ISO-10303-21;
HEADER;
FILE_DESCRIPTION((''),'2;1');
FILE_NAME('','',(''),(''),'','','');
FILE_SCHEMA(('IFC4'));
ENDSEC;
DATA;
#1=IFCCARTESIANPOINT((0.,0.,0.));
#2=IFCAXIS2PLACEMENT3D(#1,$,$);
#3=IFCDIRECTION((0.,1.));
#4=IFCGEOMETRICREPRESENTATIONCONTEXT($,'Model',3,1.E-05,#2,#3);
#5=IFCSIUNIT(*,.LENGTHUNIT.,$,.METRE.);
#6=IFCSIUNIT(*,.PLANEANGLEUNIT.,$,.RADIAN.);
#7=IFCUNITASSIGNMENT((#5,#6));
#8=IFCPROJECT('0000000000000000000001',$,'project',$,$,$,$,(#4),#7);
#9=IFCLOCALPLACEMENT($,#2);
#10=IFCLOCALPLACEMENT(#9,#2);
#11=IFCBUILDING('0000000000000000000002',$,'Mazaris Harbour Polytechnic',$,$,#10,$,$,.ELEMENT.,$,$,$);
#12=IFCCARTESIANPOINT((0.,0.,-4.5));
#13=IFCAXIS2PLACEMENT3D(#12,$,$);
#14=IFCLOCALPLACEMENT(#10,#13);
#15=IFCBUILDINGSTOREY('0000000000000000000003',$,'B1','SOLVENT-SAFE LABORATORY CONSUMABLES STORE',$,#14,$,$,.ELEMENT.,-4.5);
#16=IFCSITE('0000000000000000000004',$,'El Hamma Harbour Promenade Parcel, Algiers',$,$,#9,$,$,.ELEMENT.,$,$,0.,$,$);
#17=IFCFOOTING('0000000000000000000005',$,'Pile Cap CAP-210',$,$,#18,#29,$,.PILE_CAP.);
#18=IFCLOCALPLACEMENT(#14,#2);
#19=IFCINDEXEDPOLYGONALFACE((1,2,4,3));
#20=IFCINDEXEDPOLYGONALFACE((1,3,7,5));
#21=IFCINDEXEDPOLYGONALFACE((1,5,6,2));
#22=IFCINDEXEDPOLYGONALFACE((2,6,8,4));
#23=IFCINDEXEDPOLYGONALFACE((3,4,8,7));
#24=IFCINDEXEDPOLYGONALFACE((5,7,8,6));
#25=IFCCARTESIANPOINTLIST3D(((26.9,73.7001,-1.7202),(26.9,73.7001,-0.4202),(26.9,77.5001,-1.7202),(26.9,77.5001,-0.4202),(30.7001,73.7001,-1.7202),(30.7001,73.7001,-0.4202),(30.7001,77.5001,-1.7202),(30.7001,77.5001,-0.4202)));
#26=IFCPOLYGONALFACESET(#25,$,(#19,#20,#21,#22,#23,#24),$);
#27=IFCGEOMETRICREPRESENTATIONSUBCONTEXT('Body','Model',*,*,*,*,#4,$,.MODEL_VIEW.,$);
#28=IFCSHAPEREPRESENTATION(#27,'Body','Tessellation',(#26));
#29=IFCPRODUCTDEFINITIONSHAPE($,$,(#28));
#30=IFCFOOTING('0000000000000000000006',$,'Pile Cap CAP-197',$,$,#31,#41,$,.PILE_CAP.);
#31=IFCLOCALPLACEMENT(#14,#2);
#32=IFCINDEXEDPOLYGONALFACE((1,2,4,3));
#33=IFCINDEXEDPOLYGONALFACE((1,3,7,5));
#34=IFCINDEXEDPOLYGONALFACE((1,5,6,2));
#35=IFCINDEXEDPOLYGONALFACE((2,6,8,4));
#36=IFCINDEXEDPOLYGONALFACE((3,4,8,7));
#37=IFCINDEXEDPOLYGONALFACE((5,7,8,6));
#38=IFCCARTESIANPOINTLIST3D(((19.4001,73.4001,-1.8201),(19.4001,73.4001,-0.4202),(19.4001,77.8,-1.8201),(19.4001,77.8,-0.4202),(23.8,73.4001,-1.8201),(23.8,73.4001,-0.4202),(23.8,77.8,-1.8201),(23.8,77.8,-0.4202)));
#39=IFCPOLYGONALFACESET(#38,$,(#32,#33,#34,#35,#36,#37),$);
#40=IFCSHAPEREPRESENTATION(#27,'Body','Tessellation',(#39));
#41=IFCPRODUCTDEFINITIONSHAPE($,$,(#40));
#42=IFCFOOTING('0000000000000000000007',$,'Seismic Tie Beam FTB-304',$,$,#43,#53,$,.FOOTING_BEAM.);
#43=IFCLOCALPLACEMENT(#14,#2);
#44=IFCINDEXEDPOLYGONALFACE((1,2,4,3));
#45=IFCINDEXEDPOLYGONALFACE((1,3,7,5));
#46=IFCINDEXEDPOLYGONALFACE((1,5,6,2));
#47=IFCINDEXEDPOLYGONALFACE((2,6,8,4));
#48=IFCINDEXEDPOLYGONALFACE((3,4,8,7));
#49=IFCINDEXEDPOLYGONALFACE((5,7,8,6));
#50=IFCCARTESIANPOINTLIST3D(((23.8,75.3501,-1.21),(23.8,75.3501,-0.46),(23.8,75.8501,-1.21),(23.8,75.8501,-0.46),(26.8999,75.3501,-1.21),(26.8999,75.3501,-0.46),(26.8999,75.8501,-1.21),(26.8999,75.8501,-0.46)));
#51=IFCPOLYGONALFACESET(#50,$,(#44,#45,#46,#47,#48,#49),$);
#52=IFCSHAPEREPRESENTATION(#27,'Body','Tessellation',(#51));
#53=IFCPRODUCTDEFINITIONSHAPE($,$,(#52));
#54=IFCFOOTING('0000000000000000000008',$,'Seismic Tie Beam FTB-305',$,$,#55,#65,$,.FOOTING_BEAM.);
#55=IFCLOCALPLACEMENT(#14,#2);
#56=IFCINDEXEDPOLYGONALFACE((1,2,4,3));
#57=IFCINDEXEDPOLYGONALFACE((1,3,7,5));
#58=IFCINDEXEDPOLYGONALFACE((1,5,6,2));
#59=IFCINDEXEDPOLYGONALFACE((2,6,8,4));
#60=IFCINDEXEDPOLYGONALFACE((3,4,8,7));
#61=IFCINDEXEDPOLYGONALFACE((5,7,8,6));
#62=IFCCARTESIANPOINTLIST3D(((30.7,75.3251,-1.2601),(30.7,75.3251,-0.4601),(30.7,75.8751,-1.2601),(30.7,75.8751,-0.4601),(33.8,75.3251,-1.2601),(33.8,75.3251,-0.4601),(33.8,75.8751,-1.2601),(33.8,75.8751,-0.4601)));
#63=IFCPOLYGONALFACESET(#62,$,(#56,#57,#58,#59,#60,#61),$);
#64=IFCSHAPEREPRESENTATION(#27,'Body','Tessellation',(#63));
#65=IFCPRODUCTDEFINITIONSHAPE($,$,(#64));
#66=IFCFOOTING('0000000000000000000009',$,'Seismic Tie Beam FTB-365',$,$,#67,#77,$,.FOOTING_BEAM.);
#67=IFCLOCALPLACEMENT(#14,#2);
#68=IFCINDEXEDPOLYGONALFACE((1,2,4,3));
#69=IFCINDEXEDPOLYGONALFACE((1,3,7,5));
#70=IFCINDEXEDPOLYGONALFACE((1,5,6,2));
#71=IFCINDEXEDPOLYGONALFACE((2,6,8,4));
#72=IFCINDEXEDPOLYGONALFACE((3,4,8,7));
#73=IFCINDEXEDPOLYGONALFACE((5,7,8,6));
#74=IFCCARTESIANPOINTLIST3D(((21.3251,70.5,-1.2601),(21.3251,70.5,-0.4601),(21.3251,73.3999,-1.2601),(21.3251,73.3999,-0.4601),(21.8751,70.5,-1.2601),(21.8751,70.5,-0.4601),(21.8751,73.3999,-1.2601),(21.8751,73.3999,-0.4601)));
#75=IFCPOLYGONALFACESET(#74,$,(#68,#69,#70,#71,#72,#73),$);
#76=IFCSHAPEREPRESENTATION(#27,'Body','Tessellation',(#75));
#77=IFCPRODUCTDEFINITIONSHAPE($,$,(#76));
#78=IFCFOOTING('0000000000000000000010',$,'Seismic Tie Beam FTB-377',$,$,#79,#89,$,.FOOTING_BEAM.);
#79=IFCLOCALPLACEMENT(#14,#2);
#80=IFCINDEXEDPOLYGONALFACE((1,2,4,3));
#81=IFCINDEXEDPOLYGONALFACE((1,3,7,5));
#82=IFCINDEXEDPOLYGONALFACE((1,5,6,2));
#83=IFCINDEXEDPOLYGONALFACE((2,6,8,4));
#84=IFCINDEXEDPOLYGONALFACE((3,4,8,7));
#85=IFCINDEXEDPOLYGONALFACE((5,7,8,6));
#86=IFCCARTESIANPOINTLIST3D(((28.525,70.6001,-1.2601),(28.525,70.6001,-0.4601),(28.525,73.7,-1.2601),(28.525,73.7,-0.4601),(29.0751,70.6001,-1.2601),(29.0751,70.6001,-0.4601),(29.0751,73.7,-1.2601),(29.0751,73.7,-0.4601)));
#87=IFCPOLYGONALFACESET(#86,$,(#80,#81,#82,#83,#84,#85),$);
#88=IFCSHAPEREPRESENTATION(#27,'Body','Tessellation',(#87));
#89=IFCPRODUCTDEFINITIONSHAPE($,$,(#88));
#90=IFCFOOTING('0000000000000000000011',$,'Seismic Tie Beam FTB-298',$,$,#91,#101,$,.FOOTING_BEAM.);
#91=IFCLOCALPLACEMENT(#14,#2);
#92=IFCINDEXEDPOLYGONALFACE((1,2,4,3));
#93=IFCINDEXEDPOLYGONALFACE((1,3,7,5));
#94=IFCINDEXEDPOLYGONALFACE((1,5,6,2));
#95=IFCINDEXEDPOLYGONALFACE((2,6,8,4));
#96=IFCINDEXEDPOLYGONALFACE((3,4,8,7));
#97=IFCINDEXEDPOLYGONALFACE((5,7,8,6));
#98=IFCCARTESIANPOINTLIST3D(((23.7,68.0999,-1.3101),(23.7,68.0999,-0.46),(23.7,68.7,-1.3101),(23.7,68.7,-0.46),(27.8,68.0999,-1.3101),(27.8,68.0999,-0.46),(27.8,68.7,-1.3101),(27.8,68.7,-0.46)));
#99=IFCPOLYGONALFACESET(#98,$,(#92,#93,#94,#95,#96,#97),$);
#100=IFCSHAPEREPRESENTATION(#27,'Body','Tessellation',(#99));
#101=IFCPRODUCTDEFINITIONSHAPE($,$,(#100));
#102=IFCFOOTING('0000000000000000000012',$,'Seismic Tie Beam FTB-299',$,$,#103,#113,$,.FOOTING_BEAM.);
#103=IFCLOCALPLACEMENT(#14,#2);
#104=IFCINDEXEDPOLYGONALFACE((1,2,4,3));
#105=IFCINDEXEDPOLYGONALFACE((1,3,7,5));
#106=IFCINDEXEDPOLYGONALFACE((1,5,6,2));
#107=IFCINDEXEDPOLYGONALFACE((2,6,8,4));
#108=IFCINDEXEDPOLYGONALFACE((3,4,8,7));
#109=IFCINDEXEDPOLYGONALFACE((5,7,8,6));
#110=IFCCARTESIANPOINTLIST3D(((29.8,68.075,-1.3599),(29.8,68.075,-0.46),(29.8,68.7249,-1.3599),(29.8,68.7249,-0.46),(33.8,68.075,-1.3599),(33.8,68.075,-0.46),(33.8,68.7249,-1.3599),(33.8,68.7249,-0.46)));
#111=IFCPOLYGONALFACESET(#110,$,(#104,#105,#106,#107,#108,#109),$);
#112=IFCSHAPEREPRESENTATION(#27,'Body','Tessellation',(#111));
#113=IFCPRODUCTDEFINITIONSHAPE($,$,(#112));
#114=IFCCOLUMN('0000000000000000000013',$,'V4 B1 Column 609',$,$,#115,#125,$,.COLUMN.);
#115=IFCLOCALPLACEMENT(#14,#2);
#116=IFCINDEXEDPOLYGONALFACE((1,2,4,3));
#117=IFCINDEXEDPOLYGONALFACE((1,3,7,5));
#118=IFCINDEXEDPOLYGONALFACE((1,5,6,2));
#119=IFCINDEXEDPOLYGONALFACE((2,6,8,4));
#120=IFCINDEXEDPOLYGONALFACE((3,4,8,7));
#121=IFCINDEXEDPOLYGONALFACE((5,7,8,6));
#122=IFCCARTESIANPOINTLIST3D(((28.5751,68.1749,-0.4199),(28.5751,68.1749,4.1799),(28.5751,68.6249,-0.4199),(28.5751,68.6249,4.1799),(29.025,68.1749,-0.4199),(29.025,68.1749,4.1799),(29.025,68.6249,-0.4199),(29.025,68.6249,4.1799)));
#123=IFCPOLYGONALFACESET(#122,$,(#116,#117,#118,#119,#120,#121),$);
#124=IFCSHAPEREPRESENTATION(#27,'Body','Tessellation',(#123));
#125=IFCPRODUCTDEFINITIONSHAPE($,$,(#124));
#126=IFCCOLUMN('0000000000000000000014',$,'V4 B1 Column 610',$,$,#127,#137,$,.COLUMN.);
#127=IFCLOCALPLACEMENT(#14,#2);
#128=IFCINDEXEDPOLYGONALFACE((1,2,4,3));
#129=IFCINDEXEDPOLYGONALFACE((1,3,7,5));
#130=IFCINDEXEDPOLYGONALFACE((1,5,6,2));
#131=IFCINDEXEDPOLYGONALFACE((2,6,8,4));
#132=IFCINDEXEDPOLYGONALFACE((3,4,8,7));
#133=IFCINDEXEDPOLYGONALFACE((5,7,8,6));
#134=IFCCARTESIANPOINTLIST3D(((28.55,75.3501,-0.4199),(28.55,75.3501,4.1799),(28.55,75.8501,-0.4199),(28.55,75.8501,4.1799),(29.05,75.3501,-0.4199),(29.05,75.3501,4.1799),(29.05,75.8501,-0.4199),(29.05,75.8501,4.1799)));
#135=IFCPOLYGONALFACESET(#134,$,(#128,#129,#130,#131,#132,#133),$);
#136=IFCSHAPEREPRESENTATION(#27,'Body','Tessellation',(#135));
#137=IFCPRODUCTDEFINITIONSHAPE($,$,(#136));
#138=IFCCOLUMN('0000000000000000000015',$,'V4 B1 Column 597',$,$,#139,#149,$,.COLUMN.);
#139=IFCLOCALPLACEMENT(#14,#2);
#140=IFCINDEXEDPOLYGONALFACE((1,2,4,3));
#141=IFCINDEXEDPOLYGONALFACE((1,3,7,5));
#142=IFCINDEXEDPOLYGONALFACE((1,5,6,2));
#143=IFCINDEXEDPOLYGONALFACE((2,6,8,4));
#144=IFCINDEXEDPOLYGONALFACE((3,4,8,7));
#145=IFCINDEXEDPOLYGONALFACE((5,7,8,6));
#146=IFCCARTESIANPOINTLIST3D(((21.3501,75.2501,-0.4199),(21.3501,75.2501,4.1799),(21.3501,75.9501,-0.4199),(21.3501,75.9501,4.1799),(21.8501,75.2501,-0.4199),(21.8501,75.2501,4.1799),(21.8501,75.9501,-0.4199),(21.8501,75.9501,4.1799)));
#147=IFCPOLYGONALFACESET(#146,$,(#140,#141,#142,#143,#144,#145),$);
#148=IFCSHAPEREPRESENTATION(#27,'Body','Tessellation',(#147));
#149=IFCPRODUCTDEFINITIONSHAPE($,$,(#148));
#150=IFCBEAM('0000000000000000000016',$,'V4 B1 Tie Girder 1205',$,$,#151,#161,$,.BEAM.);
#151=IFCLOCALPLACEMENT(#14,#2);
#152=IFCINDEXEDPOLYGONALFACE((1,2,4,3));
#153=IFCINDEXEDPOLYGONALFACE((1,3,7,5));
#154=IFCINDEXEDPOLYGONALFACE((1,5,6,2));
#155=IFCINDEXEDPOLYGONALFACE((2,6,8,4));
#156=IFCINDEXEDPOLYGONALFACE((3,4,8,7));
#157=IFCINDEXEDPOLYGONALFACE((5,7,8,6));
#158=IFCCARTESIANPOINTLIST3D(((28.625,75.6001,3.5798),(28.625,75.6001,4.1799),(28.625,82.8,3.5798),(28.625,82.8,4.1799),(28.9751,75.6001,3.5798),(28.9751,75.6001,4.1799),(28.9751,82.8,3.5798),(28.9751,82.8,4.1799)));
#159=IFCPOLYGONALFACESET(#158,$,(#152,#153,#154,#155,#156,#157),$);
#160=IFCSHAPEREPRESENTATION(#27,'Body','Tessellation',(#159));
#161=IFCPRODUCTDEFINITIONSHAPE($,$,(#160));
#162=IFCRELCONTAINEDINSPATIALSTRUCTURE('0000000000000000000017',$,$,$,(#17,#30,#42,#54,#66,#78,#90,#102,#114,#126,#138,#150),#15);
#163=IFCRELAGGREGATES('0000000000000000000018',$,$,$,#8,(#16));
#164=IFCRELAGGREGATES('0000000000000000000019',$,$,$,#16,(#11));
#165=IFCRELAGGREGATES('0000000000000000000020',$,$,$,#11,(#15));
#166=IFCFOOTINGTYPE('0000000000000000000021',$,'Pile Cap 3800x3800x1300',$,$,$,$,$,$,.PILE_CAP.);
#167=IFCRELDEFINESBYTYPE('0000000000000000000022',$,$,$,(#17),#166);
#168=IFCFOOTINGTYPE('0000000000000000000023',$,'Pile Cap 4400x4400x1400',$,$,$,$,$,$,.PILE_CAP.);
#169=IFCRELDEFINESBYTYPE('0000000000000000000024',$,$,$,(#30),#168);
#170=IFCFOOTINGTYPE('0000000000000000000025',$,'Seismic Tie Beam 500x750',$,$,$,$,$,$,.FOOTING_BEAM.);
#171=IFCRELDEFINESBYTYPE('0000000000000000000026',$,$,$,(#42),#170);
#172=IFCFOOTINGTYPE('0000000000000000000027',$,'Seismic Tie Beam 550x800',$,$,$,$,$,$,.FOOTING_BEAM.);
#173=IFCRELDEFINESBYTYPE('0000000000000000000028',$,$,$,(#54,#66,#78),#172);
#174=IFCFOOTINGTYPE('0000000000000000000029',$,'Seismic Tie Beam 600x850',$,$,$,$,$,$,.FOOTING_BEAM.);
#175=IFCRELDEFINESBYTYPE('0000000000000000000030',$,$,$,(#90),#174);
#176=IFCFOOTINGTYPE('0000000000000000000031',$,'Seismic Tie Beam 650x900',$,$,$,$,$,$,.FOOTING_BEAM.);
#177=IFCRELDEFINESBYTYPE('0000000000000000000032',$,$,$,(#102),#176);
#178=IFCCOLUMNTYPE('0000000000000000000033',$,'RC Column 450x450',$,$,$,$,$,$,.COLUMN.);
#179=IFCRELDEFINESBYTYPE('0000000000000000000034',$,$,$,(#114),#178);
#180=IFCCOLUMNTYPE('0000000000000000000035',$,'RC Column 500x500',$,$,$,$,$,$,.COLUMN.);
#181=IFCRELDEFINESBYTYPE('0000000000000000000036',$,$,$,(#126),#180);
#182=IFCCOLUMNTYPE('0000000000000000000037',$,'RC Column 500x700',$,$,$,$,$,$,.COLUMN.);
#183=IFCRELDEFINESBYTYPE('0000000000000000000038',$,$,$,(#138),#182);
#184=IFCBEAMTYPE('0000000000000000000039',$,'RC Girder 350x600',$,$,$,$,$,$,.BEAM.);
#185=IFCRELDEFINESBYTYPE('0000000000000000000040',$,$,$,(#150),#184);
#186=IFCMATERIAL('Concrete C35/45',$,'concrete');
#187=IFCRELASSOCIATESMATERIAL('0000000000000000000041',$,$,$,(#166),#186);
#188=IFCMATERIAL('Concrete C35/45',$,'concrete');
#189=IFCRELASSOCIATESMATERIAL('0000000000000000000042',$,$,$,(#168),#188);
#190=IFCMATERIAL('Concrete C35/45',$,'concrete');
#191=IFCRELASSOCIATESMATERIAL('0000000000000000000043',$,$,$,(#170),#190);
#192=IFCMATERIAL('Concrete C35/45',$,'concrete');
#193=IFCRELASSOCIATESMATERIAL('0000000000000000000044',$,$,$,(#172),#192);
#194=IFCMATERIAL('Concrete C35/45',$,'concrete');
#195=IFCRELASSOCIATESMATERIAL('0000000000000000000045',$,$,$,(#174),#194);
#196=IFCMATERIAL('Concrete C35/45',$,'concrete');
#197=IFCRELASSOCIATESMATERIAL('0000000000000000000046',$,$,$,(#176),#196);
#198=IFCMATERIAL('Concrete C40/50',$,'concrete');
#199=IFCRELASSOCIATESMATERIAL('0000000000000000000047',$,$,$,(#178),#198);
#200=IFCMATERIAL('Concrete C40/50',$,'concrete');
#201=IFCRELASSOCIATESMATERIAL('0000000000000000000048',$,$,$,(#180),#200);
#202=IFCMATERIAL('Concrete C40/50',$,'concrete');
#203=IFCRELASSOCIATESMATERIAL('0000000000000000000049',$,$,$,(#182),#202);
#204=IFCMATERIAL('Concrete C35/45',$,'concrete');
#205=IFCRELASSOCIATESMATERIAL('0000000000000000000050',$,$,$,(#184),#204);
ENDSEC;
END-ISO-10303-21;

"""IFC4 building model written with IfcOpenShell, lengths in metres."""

from ifc_helpers import new_model, si_unit, direction, frame, origin, origin_2d, place, context, subcontext, project, spatial, rectangle, extrude, material, material_profile, profile_set, type_object, element, save


model = new_model("IFC4")

# Units and contexts
model_context = context("Model", 3, precision=1e-05, world=origin(), true_north=direction((0.0, 1.0)))
body_context = subcontext(model_context, "Body", "Model", "MODEL_VIEW")
ifc_project = project(units=[si_unit("LENGTHUNIT", "METRE"), si_unit("PLANEANGLEUNIT", "RADIAN")], contexts=[model_context])

# Site, building, storey
site_placement = place(None, origin())
site = spatial("IfcSite", under=ifc_project, at=site_placement, Name="El Hamma Harbour Promenade Parcel, Algiers", CompositionType="ELEMENT", RefElevation=0.0)
building_placement = place(site_placement, origin())
building = spatial("IfcBuilding", under=site, at=building_placement, Name="Mazaris Harbour Polytechnic", CompositionType="ELEMENT")
storey_placement = place(building_placement, frame((0.0, 0.0, -4.5)))
storey = spatial("IfcBuildingStorey", under=building, at=storey_placement, Name="B1", Description="SOLVENT-SAFE LABORATORY CONSUMABLES STORE", CompositionType="ELEMENT", Elevation=-4.5)

# Footings
ifc_material_1 = material(Name="Concrete C35/45", Category="concrete")
footing_type_1 = type_object("IfcFootingType", Name="Pile Cap 3800x3800x1300", PredefinedType="PILE_CAP", material=ifc_material_1)
footing_1_placement = place(storey_placement, frame((28.8, 75.6001, -1.7202), z_axis=(0.0, 0.0, 1.0), x_axis=(1.0, 0.0, 0.0)))
element("IfcFooting", 1, at=footing_1_placement, inside=storey, type_object=footing_type_1, Name="Pile Cap CAP-210", PredefinedType="PILE_CAP", context=body_context, shape_type="SweptSolid", body=[
    extrude(rectangle(XDim=3.8, YDim=3.8, at=origin_2d()), origin(), (0.0, 0.0, 1.0), 1.3),
])
ifc_material_2 = material(Name="Concrete C35/45", Category="concrete")
footing_type_2 = type_object("IfcFootingType", Name="Pile Cap 4400x4400x1400", PredefinedType="PILE_CAP", material=ifc_material_2)
footing_2_placement = place(storey_placement, frame((21.6001, 75.6001, -1.8201), z_axis=(0.0, 0.0, 1.0), x_axis=(1.0, 0.0, 0.0)))
element("IfcFooting", 2, at=footing_2_placement, inside=storey, type_object=footing_type_2, Name="Pile Cap CAP-197", PredefinedType="PILE_CAP", context=body_context, shape_type="SweptSolid", body=[
    extrude(rectangle(XDim=4.3999, YDim=4.3999, at=origin_2d()), origin(), (0.0, 0.0, 1.0), 1.3999),
])
ifc_material_3 = material(Name="Concrete C35/45", Category="concrete")
ifc_material_profile_1 = material_profile(ifc_material_3, rectangle(XDim=0.5, YDim=0.75, at=origin_2d()), Name="RECT500x750")
ifc_profile_set_1 = profile_set([ifc_material_profile_1], Name="Concrete C35/45")
footing_type_3 = type_object("IfcFootingType", Name="Seismic Tie Beam 500x750", PredefinedType="FOOTING_BEAM", material=ifc_profile_set_1)
footing_3_placement = place(storey_placement, frame((23.8, 75.6001, -0.835), z_axis=(1.0, 0.0, 0.0), x_axis=(0.0, 1.0, 0.0)))
element("IfcFooting", 3, at=footing_3_placement, inside=storey, type_object=footing_type_3, Name="Seismic Tie Beam FTB-304", PredefinedType="FOOTING_BEAM", context=body_context, shape_type="SweptSolid", body=[
    extrude(rectangle(XDim=0.5, YDim=0.75, at=origin_2d()), origin(), (0.0, 0.0, 1.0), 3.0999),
])
ifc_material_4 = material(Name="Concrete C35/45", Category="concrete")
ifc_material_profile_2 = material_profile(ifc_material_4, rectangle(XDim=0.55, YDim=0.8, at=origin_2d()), Name="RECT550x800")
ifc_profile_set_2 = profile_set([ifc_material_profile_2], Name="Concrete C35/45")
footing_type_4 = type_object("IfcFootingType", Name="Seismic Tie Beam 550x800", PredefinedType="FOOTING_BEAM", material=ifc_profile_set_2)
footing_4_placement = place(storey_placement, frame((30.7, 75.6001, -0.8601), z_axis=(1.0, 0.0, 0.0), x_axis=(0.0, 1.0, 0.0)))
element("IfcFooting", 4, at=footing_4_placement, inside=storey, type_object=footing_type_4, Name="Seismic Tie Beam FTB-305", PredefinedType="FOOTING_BEAM", context=body_context, shape_type="SweptSolid", body=[
    extrude(rectangle(XDim=0.55, YDim=0.8, at=origin_2d()), origin(), (0.0, 0.0, 1.0), 3.1001),
])
footing_5_placement = place(storey_placement, frame((21.6001, 70.5, -0.8601), z_axis=(0.0, 1.0, 0.0), x_axis=(-1.0, 0.0, 0.0)))
element("IfcFooting", 5, at=footing_5_placement, inside=storey, type_object=footing_type_4, Name="Seismic Tie Beam FTB-365", PredefinedType="FOOTING_BEAM", context=body_context, shape_type="SweptSolid", body=[
    extrude(rectangle(XDim=0.55, YDim=0.8, at=origin_2d()), origin(), (0.0, 0.0, 1.0), 2.8999),
])
footing_6_placement = place(storey_placement, frame((28.8, 70.6001, -0.8601), z_axis=(0.0, 1.0, 0.0), x_axis=(-1.0, 0.0, 0.0)))
element("IfcFooting", 6, at=footing_6_placement, inside=storey, type_object=footing_type_4, Name="Seismic Tie Beam FTB-377", PredefinedType="FOOTING_BEAM", context=body_context, shape_type="SweptSolid", body=[
    extrude(rectangle(XDim=0.55, YDim=0.8, at=origin_2d()), origin(), (0.0, 0.0, 1.0), 3.0999),
])
ifc_material_5 = material(Name="Concrete C35/45", Category="concrete")
ifc_material_profile_3 = material_profile(ifc_material_5, rectangle(XDim=0.6001, YDim=0.8501, at=origin_2d()), Name="RECT600x850")
ifc_profile_set_3 = profile_set([ifc_material_profile_3], Name="Concrete C35/45")
footing_type_5 = type_object("IfcFootingType", Name="Seismic Tie Beam 600x850", PredefinedType="FOOTING_BEAM", material=ifc_profile_set_3)
footing_7_placement = place(storey_placement, frame((23.7, 68.3999, -0.885), z_axis=(1.0, 0.0, 0.0), x_axis=(0.0, 1.0, 0.0)))
element("IfcFooting", 7, at=footing_7_placement, inside=storey, type_object=footing_type_5, Name="Seismic Tie Beam FTB-298", PredefinedType="FOOTING_BEAM", context=body_context, shape_type="SweptSolid", body=[
    extrude(rectangle(XDim=0.6001, YDim=0.8501, at=origin_2d()), origin(), (0.0, 0.0, 1.0), 4.1001),
])
ifc_material_6 = material(Name="Concrete C35/45", Category="concrete")
ifc_material_profile_4 = material_profile(ifc_material_6, rectangle(XDim=0.6499, YDim=0.8999, at=origin_2d()), Name="RECT650x900")
ifc_profile_set_4 = profile_set([ifc_material_profile_4], Name="Concrete C35/45")
footing_type_6 = type_object("IfcFootingType", Name="Seismic Tie Beam 650x900", PredefinedType="FOOTING_BEAM", material=ifc_profile_set_4)
footing_8_placement = place(storey_placement, frame((29.8, 68.3999, -0.9099), z_axis=(1.0, 0.0, 0.0), x_axis=(0.0, 1.0, 0.0)))
element("IfcFooting", 8, at=footing_8_placement, inside=storey, type_object=footing_type_6, Name="Seismic Tie Beam FTB-299", PredefinedType="FOOTING_BEAM", context=body_context, shape_type="SweptSolid", body=[
    extrude(rectangle(XDim=0.6499, YDim=0.8999, at=origin_2d()), origin(), (0.0, 0.0, 1.0), 4.0),
])

# Columns
ifc_material_7 = material(Name="Concrete C40/50", Category="concrete")
ifc_material_profile_5 = material_profile(ifc_material_7, rectangle(XDim=0.45, YDim=0.45, at=origin_2d()), Name="RECT450x450")
ifc_profile_set_5 = profile_set([ifc_material_profile_5], Name="Concrete C40/50")
column_type_1 = type_object("IfcColumnType", Name="RC Column 450x450", PredefinedType="COLUMN", material=ifc_profile_set_5)
column_1_placement = place(storey_placement, frame((28.8, 68.3999, -0.4199), z_axis=(0.0, 0.0, 1.0), x_axis=(1.0, 0.0, 0.0)))
element("IfcColumn", 9, at=column_1_placement, inside=storey, type_object=column_type_1, Name="V4 B1 Column 609", PredefinedType="COLUMN", context=body_context, shape_type="SweptSolid", body=[
    extrude(rectangle(XDim=0.45, YDim=0.45, at=origin_2d()), origin(), (0.0, 0.0, 1.0), 4.5999),
])
ifc_material_8 = material(Name="Concrete C40/50", Category="concrete")
ifc_material_profile_6 = material_profile(ifc_material_8, rectangle(XDim=0.5, YDim=0.5, at=origin_2d()), Name="RECT500x500")
ifc_profile_set_6 = profile_set([ifc_material_profile_6], Name="Concrete C40/50")
column_type_2 = type_object("IfcColumnType", Name="RC Column 500x500", PredefinedType="COLUMN", material=ifc_profile_set_6)
column_2_placement = place(storey_placement, frame((28.8, 75.6001, -0.4199), z_axis=(0.0, 0.0, 1.0), x_axis=(1.0, 0.0, 0.0)))
element("IfcColumn", 10, at=column_2_placement, inside=storey, type_object=column_type_2, Name="V4 B1 Column 610", PredefinedType="COLUMN", context=body_context, shape_type="SweptSolid", body=[
    extrude(rectangle(XDim=0.5, YDim=0.5, at=origin_2d()), origin(), (0.0, 0.0, 1.0), 4.5999),
])
ifc_material_9 = material(Name="Concrete C40/50", Category="concrete")
ifc_material_profile_7 = material_profile(ifc_material_9, rectangle(XDim=0.5, YDim=0.7, at=origin_2d()), Name="RECT500x700")
ifc_profile_set_7 = profile_set([ifc_material_profile_7], Name="Concrete C40/50")
column_type_3 = type_object("IfcColumnType", Name="RC Column 500x700", PredefinedType="COLUMN", material=ifc_profile_set_7)
column_3_placement = place(storey_placement, frame((21.6001, 75.6001, -0.4199), z_axis=(0.0, 0.0, 1.0), x_axis=(1.0, 0.0, 0.0)))
element("IfcColumn", 11, at=column_3_placement, inside=storey, type_object=column_type_3, Name="V4 B1 Column 597", PredefinedType="COLUMN", context=body_context, shape_type="SweptSolid", body=[
    extrude(rectangle(XDim=0.5, YDim=0.7, at=origin_2d()), origin(), (0.0, 0.0, 1.0), 4.5999),
])

# Beam
ifc_material_10 = material(Name="Concrete C35/45", Category="concrete")
ifc_material_profile_8 = material_profile(ifc_material_10, rectangle(XDim=0.3501, YDim=0.6001, at=origin_2d()), Name="RECT350x600")
ifc_profile_set_8 = profile_set([ifc_material_profile_8], Name="Concrete C35/45")
beam_type_1 = type_object("IfcBeamType", Name="RC Girder 350x600", PredefinedType="BEAM", material=ifc_profile_set_8)
beam_1_placement = place(storey_placement, frame((28.8, 75.6001, 3.8799), z_axis=(0.0, 1.0, 0.0), x_axis=(-1.0, 0.0, 0.0)))
element("IfcBeam", 12, at=beam_1_placement, inside=storey, type_object=beam_type_1, Name="V4 B1 Tie Girder 1205", PredefinedType="BEAM", context=body_context, shape_type="SweptSolid", body=[
    extrude(rectangle(XDim=0.3501, YDim=0.6001, at=origin_2d()), origin(), (0.0, 0.0, 1.0), 7.2),
])

save(model, "model.ifc")
